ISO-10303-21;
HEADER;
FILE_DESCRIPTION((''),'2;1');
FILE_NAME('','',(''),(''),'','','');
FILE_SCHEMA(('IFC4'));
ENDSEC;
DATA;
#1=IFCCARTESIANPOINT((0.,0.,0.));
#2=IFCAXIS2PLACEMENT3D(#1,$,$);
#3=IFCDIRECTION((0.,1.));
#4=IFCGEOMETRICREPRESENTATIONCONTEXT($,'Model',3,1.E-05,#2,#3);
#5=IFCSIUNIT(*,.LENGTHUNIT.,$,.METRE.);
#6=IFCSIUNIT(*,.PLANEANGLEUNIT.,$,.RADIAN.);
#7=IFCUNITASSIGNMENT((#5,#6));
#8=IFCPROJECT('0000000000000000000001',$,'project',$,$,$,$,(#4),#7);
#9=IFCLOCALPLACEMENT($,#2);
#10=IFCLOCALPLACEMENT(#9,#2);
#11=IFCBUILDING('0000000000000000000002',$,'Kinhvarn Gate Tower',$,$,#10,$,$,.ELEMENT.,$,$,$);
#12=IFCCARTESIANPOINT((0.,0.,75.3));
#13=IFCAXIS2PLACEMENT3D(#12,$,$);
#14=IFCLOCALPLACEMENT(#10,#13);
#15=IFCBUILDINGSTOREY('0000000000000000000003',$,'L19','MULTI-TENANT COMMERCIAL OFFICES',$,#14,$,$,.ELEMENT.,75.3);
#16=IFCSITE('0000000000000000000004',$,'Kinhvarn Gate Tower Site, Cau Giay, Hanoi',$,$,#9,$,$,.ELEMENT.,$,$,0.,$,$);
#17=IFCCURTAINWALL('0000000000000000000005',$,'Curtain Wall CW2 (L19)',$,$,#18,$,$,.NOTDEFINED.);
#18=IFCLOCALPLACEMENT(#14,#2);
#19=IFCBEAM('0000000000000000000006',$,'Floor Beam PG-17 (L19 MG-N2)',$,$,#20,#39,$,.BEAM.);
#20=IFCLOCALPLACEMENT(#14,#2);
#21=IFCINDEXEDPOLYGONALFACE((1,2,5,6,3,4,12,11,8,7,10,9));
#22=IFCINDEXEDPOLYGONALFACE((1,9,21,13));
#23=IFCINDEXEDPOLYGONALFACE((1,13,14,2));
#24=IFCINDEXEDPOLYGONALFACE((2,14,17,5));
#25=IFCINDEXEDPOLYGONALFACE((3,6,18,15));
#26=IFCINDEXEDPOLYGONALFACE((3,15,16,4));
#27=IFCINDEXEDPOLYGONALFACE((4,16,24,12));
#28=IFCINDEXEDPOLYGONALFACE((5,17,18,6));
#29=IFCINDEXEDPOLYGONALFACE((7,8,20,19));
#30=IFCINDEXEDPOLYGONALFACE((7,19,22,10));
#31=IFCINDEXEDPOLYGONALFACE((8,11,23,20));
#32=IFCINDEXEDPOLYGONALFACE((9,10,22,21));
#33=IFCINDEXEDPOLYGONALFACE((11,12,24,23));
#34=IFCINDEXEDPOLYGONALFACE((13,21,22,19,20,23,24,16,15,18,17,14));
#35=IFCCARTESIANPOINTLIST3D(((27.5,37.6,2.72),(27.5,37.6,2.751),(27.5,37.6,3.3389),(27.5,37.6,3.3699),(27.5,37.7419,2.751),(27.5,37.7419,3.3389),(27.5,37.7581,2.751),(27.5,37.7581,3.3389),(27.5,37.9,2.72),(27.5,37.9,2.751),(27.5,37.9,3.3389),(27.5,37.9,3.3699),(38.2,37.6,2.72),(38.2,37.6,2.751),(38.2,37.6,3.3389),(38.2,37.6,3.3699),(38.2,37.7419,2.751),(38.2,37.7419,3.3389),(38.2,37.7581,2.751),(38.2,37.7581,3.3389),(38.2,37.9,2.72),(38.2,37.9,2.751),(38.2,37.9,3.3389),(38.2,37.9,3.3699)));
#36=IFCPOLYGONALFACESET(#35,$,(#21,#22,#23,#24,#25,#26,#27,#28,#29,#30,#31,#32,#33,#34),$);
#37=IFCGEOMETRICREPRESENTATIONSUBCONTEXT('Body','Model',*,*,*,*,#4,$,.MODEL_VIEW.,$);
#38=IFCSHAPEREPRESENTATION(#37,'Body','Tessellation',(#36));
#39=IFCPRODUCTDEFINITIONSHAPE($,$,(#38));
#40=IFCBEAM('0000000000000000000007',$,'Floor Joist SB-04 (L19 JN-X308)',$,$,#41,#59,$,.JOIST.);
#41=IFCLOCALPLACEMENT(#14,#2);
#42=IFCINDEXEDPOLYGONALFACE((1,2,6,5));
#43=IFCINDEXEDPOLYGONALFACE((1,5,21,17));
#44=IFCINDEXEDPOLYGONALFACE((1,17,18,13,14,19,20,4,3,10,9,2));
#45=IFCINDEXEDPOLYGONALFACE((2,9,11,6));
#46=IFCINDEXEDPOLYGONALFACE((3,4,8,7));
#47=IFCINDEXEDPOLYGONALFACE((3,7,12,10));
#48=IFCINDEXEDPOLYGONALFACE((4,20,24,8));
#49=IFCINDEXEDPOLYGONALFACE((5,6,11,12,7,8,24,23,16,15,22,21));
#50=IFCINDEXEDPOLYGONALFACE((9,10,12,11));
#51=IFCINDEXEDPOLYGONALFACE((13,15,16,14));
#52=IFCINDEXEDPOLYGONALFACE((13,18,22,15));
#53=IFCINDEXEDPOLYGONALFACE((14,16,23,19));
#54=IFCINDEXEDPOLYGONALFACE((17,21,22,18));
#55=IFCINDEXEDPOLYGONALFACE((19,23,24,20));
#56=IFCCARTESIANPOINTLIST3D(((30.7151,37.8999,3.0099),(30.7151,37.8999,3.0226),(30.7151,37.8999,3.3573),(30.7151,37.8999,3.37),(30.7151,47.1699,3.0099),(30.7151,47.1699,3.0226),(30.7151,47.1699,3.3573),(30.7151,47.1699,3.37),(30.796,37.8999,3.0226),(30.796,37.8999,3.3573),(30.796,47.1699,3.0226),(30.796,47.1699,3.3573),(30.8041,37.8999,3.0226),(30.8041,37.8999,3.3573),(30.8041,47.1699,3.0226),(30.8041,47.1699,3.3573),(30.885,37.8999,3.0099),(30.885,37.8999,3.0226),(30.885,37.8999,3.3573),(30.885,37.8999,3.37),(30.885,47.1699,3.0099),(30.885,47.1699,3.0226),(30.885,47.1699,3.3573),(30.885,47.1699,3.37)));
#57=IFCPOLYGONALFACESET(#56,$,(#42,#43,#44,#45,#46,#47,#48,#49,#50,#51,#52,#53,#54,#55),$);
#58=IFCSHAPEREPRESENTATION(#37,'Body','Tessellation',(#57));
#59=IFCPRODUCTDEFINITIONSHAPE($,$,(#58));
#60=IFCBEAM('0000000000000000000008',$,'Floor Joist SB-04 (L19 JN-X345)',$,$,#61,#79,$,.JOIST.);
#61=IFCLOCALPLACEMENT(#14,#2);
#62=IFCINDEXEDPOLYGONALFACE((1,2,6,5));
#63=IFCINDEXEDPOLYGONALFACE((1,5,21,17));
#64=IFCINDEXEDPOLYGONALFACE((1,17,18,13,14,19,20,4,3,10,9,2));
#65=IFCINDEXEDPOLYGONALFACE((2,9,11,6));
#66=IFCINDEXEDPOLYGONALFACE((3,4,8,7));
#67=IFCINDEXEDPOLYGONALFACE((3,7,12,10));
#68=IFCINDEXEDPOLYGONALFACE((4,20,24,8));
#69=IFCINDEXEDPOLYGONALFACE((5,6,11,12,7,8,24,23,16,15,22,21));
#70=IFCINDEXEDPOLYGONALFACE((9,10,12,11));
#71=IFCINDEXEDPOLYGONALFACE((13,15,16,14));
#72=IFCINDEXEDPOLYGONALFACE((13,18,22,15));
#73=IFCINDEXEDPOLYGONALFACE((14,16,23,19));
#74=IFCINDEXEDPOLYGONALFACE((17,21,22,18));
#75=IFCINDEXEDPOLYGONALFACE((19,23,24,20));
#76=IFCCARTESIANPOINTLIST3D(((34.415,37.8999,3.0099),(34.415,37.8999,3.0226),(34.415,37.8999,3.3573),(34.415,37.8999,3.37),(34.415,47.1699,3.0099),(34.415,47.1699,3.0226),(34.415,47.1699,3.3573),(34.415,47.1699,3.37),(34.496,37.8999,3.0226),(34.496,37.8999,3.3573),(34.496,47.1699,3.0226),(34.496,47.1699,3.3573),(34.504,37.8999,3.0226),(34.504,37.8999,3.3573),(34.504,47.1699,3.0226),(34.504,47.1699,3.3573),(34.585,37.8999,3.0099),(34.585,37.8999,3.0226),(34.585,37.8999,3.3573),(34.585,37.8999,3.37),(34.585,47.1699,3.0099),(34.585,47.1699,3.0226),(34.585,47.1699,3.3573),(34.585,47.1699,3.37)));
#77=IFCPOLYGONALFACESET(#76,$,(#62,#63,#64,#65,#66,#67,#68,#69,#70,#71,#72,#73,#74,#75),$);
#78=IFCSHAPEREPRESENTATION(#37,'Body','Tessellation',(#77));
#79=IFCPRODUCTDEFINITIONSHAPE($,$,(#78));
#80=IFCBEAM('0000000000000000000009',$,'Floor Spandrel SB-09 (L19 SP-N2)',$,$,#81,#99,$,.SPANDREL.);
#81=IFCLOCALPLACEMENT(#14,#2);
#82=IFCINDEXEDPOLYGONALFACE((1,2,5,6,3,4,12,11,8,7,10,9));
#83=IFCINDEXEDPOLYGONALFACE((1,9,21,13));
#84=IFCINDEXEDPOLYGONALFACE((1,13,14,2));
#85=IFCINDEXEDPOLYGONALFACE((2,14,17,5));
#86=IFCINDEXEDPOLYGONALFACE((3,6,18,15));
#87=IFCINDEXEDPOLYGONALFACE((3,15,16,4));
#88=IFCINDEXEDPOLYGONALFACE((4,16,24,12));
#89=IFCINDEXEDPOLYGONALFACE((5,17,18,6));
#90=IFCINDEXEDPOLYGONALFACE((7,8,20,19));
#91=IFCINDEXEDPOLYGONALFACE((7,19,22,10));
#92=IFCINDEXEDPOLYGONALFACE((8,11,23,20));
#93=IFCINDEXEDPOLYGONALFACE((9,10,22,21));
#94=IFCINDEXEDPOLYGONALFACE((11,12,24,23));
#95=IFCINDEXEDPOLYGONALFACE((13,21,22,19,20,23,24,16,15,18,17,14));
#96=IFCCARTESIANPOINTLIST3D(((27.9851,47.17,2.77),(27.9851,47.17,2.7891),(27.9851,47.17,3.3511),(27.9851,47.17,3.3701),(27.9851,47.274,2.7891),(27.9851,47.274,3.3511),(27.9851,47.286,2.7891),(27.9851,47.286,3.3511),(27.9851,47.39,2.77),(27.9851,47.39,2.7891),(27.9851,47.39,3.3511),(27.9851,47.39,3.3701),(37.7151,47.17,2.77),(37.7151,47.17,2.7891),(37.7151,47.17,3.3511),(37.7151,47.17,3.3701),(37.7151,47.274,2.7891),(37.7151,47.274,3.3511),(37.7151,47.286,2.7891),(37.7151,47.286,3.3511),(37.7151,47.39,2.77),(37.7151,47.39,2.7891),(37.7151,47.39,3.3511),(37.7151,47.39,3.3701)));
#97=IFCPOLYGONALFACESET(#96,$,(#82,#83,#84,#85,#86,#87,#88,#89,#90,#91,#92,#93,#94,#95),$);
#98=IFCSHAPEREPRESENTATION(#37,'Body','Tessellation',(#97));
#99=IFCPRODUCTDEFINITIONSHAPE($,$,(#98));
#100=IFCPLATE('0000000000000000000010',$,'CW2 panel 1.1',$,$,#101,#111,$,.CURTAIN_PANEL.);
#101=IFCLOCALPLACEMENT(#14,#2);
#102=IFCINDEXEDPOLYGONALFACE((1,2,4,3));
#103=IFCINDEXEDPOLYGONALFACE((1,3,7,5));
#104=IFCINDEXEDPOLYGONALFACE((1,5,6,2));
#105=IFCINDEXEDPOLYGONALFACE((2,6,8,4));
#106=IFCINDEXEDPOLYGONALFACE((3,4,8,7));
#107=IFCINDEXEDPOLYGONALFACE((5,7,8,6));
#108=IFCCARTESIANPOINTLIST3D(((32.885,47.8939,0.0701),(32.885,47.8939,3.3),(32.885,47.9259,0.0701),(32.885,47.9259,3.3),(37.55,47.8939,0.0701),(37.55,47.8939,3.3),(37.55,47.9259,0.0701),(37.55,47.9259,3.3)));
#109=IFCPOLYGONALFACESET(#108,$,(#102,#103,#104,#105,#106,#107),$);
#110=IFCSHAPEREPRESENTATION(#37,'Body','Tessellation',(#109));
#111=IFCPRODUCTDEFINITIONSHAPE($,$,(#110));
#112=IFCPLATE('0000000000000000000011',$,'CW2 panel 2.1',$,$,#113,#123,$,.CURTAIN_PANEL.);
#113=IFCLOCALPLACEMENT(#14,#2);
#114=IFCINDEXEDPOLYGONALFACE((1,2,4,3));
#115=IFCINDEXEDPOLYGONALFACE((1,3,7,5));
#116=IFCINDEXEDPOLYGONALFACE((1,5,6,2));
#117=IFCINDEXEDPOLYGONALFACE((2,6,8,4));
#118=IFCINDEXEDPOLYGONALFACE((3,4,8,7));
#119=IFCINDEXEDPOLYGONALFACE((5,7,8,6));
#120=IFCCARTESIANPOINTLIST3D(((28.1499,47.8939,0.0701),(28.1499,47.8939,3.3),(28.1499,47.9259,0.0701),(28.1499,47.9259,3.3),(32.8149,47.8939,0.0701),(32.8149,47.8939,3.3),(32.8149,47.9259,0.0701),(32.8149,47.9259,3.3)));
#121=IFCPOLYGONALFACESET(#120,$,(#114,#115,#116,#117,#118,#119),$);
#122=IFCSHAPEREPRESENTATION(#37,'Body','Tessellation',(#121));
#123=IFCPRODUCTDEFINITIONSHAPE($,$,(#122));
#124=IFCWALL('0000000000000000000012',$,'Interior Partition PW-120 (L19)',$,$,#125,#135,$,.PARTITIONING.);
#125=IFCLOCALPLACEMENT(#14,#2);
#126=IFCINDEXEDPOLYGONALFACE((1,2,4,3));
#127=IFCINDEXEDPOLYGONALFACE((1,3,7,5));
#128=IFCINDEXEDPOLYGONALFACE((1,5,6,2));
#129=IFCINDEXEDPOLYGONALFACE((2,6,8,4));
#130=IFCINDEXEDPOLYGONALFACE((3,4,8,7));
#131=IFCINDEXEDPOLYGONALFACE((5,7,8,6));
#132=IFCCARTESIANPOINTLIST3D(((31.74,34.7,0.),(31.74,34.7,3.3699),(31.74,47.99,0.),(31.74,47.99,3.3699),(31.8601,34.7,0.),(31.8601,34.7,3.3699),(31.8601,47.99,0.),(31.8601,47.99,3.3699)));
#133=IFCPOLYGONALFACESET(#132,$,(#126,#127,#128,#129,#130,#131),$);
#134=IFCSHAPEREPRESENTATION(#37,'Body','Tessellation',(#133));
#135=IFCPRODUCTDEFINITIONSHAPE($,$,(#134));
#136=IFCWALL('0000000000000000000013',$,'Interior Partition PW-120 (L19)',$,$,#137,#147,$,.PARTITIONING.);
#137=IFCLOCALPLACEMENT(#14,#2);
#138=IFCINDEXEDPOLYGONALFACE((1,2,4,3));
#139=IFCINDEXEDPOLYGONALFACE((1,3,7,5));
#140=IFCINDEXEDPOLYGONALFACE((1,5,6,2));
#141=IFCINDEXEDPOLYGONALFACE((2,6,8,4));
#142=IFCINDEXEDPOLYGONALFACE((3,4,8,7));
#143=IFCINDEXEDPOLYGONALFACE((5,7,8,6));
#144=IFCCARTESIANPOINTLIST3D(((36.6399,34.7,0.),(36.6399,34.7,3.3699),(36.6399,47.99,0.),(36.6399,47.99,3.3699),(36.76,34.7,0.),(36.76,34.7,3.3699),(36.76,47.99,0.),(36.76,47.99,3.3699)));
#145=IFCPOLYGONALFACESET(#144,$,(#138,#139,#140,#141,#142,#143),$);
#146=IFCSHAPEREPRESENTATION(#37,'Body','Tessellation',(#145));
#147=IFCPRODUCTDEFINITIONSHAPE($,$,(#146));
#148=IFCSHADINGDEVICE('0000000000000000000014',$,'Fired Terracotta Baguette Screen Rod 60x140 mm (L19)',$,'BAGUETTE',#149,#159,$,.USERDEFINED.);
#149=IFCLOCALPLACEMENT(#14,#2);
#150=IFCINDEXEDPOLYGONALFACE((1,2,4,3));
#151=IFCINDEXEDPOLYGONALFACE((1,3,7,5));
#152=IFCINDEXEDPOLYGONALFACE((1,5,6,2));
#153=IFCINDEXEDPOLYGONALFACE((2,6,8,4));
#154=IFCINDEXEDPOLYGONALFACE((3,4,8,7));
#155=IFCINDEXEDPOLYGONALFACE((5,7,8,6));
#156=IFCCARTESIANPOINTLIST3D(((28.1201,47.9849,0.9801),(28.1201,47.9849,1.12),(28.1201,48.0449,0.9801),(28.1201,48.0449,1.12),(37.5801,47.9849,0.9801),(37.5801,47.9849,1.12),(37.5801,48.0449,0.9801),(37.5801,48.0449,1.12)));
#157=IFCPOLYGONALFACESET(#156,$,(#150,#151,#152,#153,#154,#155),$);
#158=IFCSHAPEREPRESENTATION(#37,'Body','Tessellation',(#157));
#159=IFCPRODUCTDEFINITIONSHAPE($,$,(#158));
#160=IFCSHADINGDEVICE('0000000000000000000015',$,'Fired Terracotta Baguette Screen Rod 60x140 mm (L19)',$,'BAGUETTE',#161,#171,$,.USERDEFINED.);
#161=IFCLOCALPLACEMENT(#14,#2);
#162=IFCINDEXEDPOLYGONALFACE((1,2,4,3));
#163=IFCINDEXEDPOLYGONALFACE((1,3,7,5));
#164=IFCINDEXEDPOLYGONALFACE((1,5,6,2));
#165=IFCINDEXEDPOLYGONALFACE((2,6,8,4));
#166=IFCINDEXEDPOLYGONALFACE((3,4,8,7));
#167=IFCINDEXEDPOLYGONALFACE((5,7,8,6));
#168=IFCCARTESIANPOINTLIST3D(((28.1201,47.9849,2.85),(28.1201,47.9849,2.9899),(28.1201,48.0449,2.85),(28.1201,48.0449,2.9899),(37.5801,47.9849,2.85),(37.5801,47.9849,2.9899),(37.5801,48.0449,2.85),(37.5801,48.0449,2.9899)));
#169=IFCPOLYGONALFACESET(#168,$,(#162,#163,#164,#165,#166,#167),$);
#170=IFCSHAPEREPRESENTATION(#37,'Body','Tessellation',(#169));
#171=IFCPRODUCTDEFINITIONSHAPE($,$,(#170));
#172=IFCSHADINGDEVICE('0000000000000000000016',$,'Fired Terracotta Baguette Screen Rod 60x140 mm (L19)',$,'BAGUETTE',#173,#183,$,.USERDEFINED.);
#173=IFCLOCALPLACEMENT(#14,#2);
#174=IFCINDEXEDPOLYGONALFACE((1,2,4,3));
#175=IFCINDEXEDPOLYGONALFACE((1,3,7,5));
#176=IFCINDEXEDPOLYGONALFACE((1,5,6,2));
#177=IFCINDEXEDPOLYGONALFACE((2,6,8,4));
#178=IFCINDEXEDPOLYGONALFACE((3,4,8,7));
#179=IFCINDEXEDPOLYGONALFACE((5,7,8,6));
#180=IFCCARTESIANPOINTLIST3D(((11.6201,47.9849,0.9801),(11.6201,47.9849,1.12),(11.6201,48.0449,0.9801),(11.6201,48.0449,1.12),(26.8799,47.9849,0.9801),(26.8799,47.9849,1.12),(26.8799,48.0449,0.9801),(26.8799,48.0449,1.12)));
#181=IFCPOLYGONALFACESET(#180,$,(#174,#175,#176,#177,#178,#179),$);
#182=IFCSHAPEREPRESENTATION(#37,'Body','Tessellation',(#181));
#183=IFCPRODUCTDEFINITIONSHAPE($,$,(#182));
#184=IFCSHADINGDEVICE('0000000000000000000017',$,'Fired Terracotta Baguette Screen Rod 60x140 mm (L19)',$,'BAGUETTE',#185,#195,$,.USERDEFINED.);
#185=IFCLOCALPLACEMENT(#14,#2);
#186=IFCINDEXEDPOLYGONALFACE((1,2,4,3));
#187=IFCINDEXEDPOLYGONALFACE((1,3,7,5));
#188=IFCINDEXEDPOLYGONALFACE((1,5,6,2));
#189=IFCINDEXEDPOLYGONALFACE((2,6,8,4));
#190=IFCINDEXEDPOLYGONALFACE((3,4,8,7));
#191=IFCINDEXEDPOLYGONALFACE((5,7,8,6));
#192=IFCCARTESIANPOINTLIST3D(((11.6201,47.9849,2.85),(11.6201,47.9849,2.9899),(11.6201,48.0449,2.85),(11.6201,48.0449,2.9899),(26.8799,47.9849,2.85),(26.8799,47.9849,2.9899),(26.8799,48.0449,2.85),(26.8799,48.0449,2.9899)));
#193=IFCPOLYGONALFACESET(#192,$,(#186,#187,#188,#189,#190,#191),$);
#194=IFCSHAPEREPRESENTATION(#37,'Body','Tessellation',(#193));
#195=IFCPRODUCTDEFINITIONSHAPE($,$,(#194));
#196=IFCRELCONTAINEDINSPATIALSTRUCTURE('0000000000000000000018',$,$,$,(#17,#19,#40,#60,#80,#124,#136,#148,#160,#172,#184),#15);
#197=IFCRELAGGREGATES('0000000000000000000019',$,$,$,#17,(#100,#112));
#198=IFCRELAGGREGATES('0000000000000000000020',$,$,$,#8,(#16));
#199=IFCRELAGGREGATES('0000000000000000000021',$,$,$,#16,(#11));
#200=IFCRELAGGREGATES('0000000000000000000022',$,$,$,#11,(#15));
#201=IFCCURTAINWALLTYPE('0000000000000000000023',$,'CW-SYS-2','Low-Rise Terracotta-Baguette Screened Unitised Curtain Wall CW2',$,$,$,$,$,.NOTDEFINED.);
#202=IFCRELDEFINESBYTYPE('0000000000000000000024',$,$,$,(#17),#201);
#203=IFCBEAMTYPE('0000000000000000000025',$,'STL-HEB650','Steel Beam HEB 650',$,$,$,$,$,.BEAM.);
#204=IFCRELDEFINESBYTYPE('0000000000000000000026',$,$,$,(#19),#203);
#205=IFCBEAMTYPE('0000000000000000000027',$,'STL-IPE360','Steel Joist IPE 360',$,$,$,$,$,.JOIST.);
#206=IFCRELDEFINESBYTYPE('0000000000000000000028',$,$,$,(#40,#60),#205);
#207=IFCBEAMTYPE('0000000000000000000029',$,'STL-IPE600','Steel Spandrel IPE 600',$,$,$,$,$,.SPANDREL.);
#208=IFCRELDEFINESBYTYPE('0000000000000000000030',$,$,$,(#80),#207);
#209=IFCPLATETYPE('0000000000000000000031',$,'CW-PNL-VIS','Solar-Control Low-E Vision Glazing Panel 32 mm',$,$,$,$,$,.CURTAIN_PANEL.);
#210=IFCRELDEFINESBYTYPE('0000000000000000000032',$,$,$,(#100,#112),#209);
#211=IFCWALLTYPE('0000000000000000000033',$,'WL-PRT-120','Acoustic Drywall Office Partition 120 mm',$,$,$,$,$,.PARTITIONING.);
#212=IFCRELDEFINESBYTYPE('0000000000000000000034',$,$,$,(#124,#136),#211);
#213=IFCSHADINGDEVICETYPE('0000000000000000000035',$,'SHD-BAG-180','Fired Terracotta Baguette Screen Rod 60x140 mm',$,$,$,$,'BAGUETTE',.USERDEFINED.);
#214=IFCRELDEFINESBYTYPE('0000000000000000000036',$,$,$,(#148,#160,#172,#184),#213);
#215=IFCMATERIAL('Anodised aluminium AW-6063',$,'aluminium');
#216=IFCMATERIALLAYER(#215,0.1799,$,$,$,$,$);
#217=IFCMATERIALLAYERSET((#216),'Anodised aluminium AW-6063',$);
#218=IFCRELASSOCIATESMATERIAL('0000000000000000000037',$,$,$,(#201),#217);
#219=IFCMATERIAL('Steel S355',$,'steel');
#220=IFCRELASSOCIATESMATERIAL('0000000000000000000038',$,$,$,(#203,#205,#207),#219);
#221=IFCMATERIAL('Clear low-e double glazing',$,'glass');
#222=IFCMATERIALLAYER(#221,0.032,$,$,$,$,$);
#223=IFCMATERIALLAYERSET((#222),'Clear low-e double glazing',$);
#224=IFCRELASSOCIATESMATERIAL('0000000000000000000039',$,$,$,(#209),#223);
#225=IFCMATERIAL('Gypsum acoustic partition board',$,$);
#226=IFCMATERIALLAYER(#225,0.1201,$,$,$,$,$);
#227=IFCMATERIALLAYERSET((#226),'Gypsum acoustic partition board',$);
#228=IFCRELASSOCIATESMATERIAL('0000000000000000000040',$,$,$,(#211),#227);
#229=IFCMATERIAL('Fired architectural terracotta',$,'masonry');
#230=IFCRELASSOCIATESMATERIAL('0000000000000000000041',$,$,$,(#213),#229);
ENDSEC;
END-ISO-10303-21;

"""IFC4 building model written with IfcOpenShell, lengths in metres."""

from ifc_helpers import new_model, si_unit, direction, frame, frame_2d, origin, origin_2d, place, context, subcontext, project, spatial, rectangle, i_section, extrude, material, layer, layer_set, material_profile, profile_set, type_object, element, aggregate, save


model = new_model("IFC4")

# Units and contexts
model_context = context("Model", 3, precision=1e-05, world=origin(), true_north=direction((0.0, 1.0)))
body_context = subcontext(model_context, "Body", "Model", "MODEL_VIEW")
ifc_project = project(units=[si_unit("LENGTHUNIT", "METRE"), si_unit("PLANEANGLEUNIT", "RADIAN")], contexts=[model_context])

# Site, building, storey
site_placement = place(None, origin())
site = spatial("IfcSite", under=ifc_project, at=site_placement, Name="Kinhvarn Gate Tower Site, Cau Giay, Hanoi", CompositionType="ELEMENT", RefElevation=0.0)
building_placement = place(site_placement, origin())
building = spatial("IfcBuilding", under=site, at=building_placement, Name="Kinhvarn Gate Tower", CompositionType="ELEMENT")
storey_placement = place(building_placement, frame((0.0, 0.0, 75.3)))
storey = spatial("IfcBuildingStorey", under=building, at=storey_placement, Name="L19", Description="MULTI-TENANT COMMERCIAL OFFICES", CompositionType="ELEMENT", Elevation=75.3)

# Curtain wall
ifc_material_1 = material(Name="Anodised aluminium AW-6063", Category="aluminium")
ifc_layer_1 = layer(ifc_material_1, 0.1799)
ifc_layer_set_1 = layer_set([ifc_layer_1], Name="Anodised aluminium AW-6063")
curtain_wall_type = type_object("IfcCurtainWallType", Name="CW-SYS-2", Description="Low-Rise Terracotta-Baguette Screened Unitised Curtain Wall CW2", PredefinedType="NOTDEFINED", material=ifc_layer_set_1)
curtain_wall_1_placement = place(storey_placement, origin())
curtain_wall_1 = element("IfcCurtainWall", 1, at=curtain_wall_1_placement, inside=storey, type_object=curtain_wall_type, Name="Curtain Wall CW2 (L19)", PredefinedType="NOTDEFINED")

# Beams
ifc_material_2 = material(Name="Steel S355", Category="steel")
ifc_material_profile_1 = material_profile(ifc_material_2, i_section(OverallWidth=0.3, OverallDepth=0.6499, WebThickness=0.0161, FlangeThickness=0.031, at=origin_2d()), Name="HEB 650")
ifc_profile_set_1 = profile_set([ifc_material_profile_1], Name="Steel S355")
beam_type_1 = type_object("IfcBeamType", Name="STL-HEB650", Description="Steel Beam HEB 650", PredefinedType="BEAM", material=ifc_profile_set_1)
beam_1_placement = place(storey_placement, frame((27.5, 37.75, 3.0449), z_axis=(1.0, 0.0, 0.0), x_axis=(0.0, 1.0, 0.0)))
element("IfcBeam", 2, at=beam_1_placement, inside=storey, type_object=beam_type_1, Name="Floor Beam PG-17 (L19 MG-N2)", PredefinedType="BEAM", context=body_context, shape_type="SweptSolid", body=[
    extrude(i_section(OverallWidth=0.3, OverallDepth=0.6499, WebThickness=0.0161, FlangeThickness=0.031, at=origin_2d()), origin(), (0.0, 0.0, 1.0), 10.7),
])
ifc_material_profile_2 = material_profile(ifc_material_2, i_section(OverallWidth=0.1699, OverallDepth=0.3601, WebThickness=0.0081, FlangeThickness=0.0127, at=origin_2d()), Name="IPE 360")
ifc_profile_set_2 = profile_set([ifc_material_profile_2], Name="Steel S355")
beam_type_2 = type_object("IfcBeamType", Name="STL-IPE360", Description="Steel Joist IPE 360", PredefinedType="JOIST", material=ifc_profile_set_2)
for number, where, z_axis, x_axis, name in (
    (3, (30.8, 37.8999, 3.1899), (0.0, 1.0, 0.0), (-1.0, 0.0, 0.0), "Floor Joist SB-04 (L19 JN-X308)"),
    (4, (34.5, 37.8999, 3.1899), (0.0, 1.0, 0.0), (-1.0, 0.0, 0.0), "Floor Joist SB-04 (L19 JN-X345)"),
):
    element("IfcBeam", number, at=place(storey_placement, frame(where, z_axis=z_axis, x_axis=x_axis)), inside=storey, type_object=beam_type_2, Name=name, PredefinedType="JOIST", context=body_context, shape_type="SweptSolid", body=[
        extrude(i_section(OverallWidth=0.1699, OverallDepth=0.3601, WebThickness=0.0081, FlangeThickness=0.0127, at=origin_2d()), origin(), (0.0, 0.0, 1.0), 9.27),
    ])
ifc_material_profile_3 = material_profile(ifc_material_2, i_section(OverallWidth=0.22, OverallDepth=0.6001, WebThickness=0.012, FlangeThickness=0.019, at=origin_2d()), Name="IPE 600")
ifc_profile_set_3 = profile_set([ifc_material_profile_3], Name="Steel S355")
beam_type_3 = type_object("IfcBeamType", Name="STL-IPE600", Description="Steel Spandrel IPE 600", PredefinedType="SPANDREL", material=ifc_profile_set_3)
beam_2_placement = place(storey_placement, frame((27.9851, 47.28, 3.0701), z_axis=(1.0, 0.0, 0.0), x_axis=(0.0, 1.0, 0.0)))
element("IfcBeam", 5, at=beam_2_placement, inside=storey, type_object=beam_type_3, Name="Floor Spandrel SB-09 (L19 SP-N2)", PredefinedType="SPANDREL", context=body_context, shape_type="SweptSolid", body=[
    extrude(i_section(OverallWidth=0.22, OverallDepth=0.6001, WebThickness=0.012, FlangeThickness=0.019, at=origin_2d()), origin(), (0.0, 0.0, 1.0), 9.73),
])

# Plates
ifc_material_3 = material(Name="Clear low-e double glazing", Category="glass")
ifc_layer_2 = layer(ifc_material_3, 0.032)
ifc_layer_set_2 = layer_set([ifc_layer_2], Name="Clear low-e double glazing")
plate_type = type_object("IfcPlateType", Name="CW-PNL-VIS", Description="Solar-Control Low-E Vision Glazing Panel 32 mm", PredefinedType="CURTAIN_PANEL", material=ifc_layer_set_2)
plate_1_placement = place(storey_placement, frame((35.2175, 47.9099, 0.0701), z_axis=(0.0, 0.0, 1.0), x_axis=(-1.0, 0.0, 0.0)))
plate_1 = element("IfcPlate", 6, at=plate_1_placement, type_object=plate_type, Name="CW2 panel 1.1", PredefinedType="CURTAIN_PANEL", context=body_context, shape_type="SweptSolid", body=[
    extrude(rectangle(XDim=4.665, YDim=0.032, at=origin_2d()), origin(), (0.0, 0.0, 1.0), 3.23),
])
plate_2_placement = place(storey_placement, frame((30.4824, 47.9099, 0.0701), z_axis=(0.0, 0.0, 1.0), x_axis=(-1.0, 0.0, 0.0)))
plate_2 = element("IfcPlate", 7, at=plate_2_placement, type_object=plate_type, Name="CW2 panel 2.1", PredefinedType="CURTAIN_PANEL", context=body_context, shape_type="SweptSolid", body=[
    extrude(rectangle(XDim=4.665, YDim=0.032, at=origin_2d()), origin(), (0.0, 0.0, 1.0), 3.23),
])
aggregate(curtain_wall_1, [plate_1, plate_2])

# Walls
ifc_material_4 = material(Name="Gypsum acoustic partition board")
ifc_layer_3 = layer(ifc_material_4, 0.1201)
ifc_layer_set_3 = layer_set([ifc_layer_3], Name="Gypsum acoustic partition board")
wall_type = type_object("IfcWallType", Name="WL-PRT-120", Description="Acoustic Drywall Office Partition 120 mm", PredefinedType="PARTITIONING", material=ifc_layer_set_3)
for number, where, z_axis, x_axis, name in (
    (8, (31.8, 34.7, 0.0), (0.0, 0.0, 1.0), (0.0, 1.0, 0.0), "Interior Partition PW-120 (L19)"),
    (9, (36.7, 34.7, 0.0), (0.0, 0.0, 1.0), (0.0, 1.0, 0.0), "Interior Partition PW-120 (L19)"),
):
    element("IfcWall", number, at=place(storey_placement, frame(where, z_axis=z_axis, x_axis=x_axis)), inside=storey, type_object=wall_type, Name=name, PredefinedType="PARTITIONING", context=body_context, shape_type="SweptSolid", body=[
        extrude(rectangle(XDim=13.29, YDim=0.1201, at=frame_2d((6.645, 0.0))), origin(), (0.0, 0.0, 1.0), 3.3699),
    ])

# Shading devices
ifc_material_5 = material(Name="Fired architectural terracotta", Category="masonry")
ifc_material_profile_4 = material_profile(ifc_material_5, rectangle(XDim=0.0601, YDim=0.1399, at=origin_2d()), Name="TC 60x140")
ifc_profile_set_4 = profile_set([ifc_material_profile_4], Name="Fired architectural terracotta")
shading_device_type = type_object("IfcShadingDeviceType", Name="SHD-BAG-180", Description="Fired Terracotta Baguette Screen Rod 60x140 mm", ElementType="BAGUETTE", PredefinedType="USERDEFINED", material=ifc_profile_set_4)
for number, where, z_axis, x_axis, name in (
    (10, (37.5801, 48.0149, 1.05), (-1.0, 0.0, 0.0), (0.0, -1.0, 0.0), "Fired Terracotta Baguette Screen Rod 60x140 mm (L19)"),
    (11, (37.5801, 48.0149, 2.9199), (-1.0, 0.0, 0.0), (0.0, -1.0, 0.0), "Fired Terracotta Baguette Screen Rod 60x140 mm (L19)"),
):
    element("IfcShadingDevice", number, at=place(storey_placement, frame(where, z_axis=z_axis, x_axis=x_axis)), inside=storey, type_object=shading_device_type, Name=name, ObjectType="BAGUETTE", PredefinedType="USERDEFINED", context=body_context, shape_type="SweptSolid", body=[
        extrude(rectangle(XDim=0.0601, YDim=0.1399, at=origin_2d()), origin(), (0.0, 0.0, 1.0), 9.46),
    ])
for number, where, z_axis, x_axis, name in (
    (12, (26.8799, 48.0149, 1.05), (-1.0, 0.0, 0.0), (0.0, -1.0, 0.0), "Fired Terracotta Baguette Screen Rod 60x140 mm (L19)"),
    (13, (26.8799, 48.0149, 2.9199), (-1.0, 0.0, 0.0), (0.0, -1.0, 0.0), "Fired Terracotta Baguette Screen Rod 60x140 mm (L19)"),
):
    element("IfcShadingDevice", number, at=place(storey_placement, frame(where, z_axis=z_axis, x_axis=x_axis)), inside=storey, type_object=shading_device_type, Name=name, ObjectType="BAGUETTE", PredefinedType="USERDEFINED", context=body_context, shape_type="SweptSolid", body=[
        extrude(rectangle(XDim=0.0601, YDim=0.1399, at=origin_2d()), origin(), (0.0, 0.0, 1.0), 15.2598),
    ])

save(model, "model.ifc")
